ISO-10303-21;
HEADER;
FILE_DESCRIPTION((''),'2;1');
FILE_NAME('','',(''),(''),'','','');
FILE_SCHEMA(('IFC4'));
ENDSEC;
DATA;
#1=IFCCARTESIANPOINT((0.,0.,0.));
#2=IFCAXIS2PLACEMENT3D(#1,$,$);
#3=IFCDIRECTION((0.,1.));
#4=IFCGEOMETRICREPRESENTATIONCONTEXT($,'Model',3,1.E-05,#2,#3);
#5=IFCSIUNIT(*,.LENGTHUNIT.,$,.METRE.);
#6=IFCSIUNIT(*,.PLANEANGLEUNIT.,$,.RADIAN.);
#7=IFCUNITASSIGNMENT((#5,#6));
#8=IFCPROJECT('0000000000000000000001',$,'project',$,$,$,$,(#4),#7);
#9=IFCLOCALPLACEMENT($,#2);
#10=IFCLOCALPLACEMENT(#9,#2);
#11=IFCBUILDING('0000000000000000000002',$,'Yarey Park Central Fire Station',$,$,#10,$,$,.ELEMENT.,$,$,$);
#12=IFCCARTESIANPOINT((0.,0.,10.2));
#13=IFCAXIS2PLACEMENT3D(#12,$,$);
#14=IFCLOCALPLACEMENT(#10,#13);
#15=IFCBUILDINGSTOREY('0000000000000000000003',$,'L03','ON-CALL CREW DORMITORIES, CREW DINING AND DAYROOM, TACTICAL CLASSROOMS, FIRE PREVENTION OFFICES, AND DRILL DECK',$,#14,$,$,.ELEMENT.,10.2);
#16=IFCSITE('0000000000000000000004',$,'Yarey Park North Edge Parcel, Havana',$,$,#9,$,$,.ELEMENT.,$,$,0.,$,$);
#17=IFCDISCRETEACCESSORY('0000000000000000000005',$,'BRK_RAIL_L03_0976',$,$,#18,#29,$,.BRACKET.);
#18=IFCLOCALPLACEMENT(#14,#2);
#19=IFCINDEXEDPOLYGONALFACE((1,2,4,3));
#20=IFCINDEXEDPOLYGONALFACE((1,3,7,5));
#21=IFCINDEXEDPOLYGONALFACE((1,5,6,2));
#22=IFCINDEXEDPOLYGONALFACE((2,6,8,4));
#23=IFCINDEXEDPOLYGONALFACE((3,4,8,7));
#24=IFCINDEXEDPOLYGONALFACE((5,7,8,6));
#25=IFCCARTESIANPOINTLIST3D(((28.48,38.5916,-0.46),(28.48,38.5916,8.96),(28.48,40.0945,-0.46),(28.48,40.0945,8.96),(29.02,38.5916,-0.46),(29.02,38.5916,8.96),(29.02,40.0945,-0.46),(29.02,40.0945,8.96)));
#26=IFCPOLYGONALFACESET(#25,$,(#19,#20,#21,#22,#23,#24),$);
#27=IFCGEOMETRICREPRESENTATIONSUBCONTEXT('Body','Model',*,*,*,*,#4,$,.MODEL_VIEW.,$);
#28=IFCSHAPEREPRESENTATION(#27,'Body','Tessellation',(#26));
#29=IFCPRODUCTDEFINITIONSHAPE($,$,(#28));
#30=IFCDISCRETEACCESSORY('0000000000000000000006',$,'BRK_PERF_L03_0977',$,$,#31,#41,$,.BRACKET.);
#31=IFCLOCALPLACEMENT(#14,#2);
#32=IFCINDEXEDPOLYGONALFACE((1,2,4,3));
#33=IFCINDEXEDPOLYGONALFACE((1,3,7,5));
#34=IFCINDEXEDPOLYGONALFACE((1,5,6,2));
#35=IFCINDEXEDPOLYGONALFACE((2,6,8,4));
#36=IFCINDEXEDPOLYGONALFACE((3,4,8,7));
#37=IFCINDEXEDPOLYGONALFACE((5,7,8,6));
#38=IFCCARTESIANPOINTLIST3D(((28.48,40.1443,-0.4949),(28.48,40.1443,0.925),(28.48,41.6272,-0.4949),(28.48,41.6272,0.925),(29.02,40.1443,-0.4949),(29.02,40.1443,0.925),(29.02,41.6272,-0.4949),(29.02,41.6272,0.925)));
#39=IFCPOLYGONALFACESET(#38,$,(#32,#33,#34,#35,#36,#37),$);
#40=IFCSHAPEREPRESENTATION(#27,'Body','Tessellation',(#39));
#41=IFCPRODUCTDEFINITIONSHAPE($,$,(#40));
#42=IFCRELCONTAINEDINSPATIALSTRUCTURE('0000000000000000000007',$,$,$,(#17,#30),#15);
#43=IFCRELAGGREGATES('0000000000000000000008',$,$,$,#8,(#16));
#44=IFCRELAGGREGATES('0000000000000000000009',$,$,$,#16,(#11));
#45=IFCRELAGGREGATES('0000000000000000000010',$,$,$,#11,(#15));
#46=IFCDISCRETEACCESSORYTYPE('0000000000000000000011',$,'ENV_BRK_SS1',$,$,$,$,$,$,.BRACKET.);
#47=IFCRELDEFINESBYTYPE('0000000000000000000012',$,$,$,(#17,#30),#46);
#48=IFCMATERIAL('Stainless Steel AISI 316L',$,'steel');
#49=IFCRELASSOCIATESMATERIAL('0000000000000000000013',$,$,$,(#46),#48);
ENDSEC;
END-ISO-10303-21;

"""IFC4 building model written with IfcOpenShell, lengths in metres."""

from ifc_helpers import new_model, si_unit, direction, frame, origin, origin_2d, place, context, subcontext, project, spatial, rectangle, extrude, material, type_object, element, save


model = new_model("IFC4")

# Units and contexts
model_context = context("Model", 3, precision=1e-05, world=origin(), true_north=direction((0.0, 1.0)))
body_context = subcontext(model_context, "Body", "Model", "MODEL_VIEW")
ifc_project = project(units=[si_unit("LENGTHUNIT", "METRE"), si_unit("PLANEANGLEUNIT", "RADIAN")], contexts=[model_context])

# Site, building, storey
site_placement = place(None, origin())
site = spatial("IfcSite", under=ifc_project, at=site_placement, Name="Yarey Park North Edge Parcel, Havana", CompositionType="ELEMENT", RefElevation=0.0)
building_placement = place(site_placement, origin())
building = spatial("IfcBuilding", under=site, at=building_placement, Name="Yarey Park Central Fire Station", CompositionType="ELEMENT")
storey_placement = place(building_placement, frame((0.0, 0.0, 10.2)))
storey = spatial("IfcBuildingStorey", under=building, at=storey_placement, Name="L03", Description="ON-CALL CREW DORMITORIES, CREW DINING AND DAYROOM, TACTICAL CLASSROOMS, FIRE PREVENTION OFFICES, AND DRILL DECK", CompositionType="ELEMENT", Elevation=10.2)

# Discrete accessories
ifc_material_1 = material(Name="Stainless Steel AISI 316L", Category="steel")
discrete_accessory_type = type_object("IfcDiscreteAccessoryType", Name="ENV_BRK_SS1", PredefinedType="BRACKET", material=ifc_material_1)
discrete_accessory_1_placement = place(storey_placement, frame((28.75, 39.343, -0.46), z_axis=(0.0, 0.0, 1.0), x_axis=(1.0, 0.0, 0.0)))
element("IfcDiscreteAccessory", 1, at=discrete_accessory_1_placement, inside=storey, type_object=discrete_accessory_type, Name="BRK_RAIL_L03_0976", PredefinedType="BRACKET", context=body_context, shape_type="SweptSolid", body=[
    extrude(rectangle(XDim=0.54, YDim=1.5029, at=origin_2d()), origin(), (0.0, 0.0, 1.0), 9.4199),
])
discrete_accessory_2_placement = place(storey_placement, frame((28.75, 40.8857, -0.4949), z_axis=(0.0, 0.0, 1.0), x_axis=(1.0, 0.0, 0.0)))
element("IfcDiscreteAccessory", 2, at=discrete_accessory_2_placement, inside=storey, type_object=discrete_accessory_type, Name="BRK_PERF_L03_0977", PredefinedType="BRACKET", context=body_context, shape_type="SweptSolid", body=[
    extrude(rectangle(XDim=0.54, YDim=1.4829, at=origin_2d()), origin(), (0.0, 0.0, 1.0), 1.4199),
])

save(model, "model.ifc")
